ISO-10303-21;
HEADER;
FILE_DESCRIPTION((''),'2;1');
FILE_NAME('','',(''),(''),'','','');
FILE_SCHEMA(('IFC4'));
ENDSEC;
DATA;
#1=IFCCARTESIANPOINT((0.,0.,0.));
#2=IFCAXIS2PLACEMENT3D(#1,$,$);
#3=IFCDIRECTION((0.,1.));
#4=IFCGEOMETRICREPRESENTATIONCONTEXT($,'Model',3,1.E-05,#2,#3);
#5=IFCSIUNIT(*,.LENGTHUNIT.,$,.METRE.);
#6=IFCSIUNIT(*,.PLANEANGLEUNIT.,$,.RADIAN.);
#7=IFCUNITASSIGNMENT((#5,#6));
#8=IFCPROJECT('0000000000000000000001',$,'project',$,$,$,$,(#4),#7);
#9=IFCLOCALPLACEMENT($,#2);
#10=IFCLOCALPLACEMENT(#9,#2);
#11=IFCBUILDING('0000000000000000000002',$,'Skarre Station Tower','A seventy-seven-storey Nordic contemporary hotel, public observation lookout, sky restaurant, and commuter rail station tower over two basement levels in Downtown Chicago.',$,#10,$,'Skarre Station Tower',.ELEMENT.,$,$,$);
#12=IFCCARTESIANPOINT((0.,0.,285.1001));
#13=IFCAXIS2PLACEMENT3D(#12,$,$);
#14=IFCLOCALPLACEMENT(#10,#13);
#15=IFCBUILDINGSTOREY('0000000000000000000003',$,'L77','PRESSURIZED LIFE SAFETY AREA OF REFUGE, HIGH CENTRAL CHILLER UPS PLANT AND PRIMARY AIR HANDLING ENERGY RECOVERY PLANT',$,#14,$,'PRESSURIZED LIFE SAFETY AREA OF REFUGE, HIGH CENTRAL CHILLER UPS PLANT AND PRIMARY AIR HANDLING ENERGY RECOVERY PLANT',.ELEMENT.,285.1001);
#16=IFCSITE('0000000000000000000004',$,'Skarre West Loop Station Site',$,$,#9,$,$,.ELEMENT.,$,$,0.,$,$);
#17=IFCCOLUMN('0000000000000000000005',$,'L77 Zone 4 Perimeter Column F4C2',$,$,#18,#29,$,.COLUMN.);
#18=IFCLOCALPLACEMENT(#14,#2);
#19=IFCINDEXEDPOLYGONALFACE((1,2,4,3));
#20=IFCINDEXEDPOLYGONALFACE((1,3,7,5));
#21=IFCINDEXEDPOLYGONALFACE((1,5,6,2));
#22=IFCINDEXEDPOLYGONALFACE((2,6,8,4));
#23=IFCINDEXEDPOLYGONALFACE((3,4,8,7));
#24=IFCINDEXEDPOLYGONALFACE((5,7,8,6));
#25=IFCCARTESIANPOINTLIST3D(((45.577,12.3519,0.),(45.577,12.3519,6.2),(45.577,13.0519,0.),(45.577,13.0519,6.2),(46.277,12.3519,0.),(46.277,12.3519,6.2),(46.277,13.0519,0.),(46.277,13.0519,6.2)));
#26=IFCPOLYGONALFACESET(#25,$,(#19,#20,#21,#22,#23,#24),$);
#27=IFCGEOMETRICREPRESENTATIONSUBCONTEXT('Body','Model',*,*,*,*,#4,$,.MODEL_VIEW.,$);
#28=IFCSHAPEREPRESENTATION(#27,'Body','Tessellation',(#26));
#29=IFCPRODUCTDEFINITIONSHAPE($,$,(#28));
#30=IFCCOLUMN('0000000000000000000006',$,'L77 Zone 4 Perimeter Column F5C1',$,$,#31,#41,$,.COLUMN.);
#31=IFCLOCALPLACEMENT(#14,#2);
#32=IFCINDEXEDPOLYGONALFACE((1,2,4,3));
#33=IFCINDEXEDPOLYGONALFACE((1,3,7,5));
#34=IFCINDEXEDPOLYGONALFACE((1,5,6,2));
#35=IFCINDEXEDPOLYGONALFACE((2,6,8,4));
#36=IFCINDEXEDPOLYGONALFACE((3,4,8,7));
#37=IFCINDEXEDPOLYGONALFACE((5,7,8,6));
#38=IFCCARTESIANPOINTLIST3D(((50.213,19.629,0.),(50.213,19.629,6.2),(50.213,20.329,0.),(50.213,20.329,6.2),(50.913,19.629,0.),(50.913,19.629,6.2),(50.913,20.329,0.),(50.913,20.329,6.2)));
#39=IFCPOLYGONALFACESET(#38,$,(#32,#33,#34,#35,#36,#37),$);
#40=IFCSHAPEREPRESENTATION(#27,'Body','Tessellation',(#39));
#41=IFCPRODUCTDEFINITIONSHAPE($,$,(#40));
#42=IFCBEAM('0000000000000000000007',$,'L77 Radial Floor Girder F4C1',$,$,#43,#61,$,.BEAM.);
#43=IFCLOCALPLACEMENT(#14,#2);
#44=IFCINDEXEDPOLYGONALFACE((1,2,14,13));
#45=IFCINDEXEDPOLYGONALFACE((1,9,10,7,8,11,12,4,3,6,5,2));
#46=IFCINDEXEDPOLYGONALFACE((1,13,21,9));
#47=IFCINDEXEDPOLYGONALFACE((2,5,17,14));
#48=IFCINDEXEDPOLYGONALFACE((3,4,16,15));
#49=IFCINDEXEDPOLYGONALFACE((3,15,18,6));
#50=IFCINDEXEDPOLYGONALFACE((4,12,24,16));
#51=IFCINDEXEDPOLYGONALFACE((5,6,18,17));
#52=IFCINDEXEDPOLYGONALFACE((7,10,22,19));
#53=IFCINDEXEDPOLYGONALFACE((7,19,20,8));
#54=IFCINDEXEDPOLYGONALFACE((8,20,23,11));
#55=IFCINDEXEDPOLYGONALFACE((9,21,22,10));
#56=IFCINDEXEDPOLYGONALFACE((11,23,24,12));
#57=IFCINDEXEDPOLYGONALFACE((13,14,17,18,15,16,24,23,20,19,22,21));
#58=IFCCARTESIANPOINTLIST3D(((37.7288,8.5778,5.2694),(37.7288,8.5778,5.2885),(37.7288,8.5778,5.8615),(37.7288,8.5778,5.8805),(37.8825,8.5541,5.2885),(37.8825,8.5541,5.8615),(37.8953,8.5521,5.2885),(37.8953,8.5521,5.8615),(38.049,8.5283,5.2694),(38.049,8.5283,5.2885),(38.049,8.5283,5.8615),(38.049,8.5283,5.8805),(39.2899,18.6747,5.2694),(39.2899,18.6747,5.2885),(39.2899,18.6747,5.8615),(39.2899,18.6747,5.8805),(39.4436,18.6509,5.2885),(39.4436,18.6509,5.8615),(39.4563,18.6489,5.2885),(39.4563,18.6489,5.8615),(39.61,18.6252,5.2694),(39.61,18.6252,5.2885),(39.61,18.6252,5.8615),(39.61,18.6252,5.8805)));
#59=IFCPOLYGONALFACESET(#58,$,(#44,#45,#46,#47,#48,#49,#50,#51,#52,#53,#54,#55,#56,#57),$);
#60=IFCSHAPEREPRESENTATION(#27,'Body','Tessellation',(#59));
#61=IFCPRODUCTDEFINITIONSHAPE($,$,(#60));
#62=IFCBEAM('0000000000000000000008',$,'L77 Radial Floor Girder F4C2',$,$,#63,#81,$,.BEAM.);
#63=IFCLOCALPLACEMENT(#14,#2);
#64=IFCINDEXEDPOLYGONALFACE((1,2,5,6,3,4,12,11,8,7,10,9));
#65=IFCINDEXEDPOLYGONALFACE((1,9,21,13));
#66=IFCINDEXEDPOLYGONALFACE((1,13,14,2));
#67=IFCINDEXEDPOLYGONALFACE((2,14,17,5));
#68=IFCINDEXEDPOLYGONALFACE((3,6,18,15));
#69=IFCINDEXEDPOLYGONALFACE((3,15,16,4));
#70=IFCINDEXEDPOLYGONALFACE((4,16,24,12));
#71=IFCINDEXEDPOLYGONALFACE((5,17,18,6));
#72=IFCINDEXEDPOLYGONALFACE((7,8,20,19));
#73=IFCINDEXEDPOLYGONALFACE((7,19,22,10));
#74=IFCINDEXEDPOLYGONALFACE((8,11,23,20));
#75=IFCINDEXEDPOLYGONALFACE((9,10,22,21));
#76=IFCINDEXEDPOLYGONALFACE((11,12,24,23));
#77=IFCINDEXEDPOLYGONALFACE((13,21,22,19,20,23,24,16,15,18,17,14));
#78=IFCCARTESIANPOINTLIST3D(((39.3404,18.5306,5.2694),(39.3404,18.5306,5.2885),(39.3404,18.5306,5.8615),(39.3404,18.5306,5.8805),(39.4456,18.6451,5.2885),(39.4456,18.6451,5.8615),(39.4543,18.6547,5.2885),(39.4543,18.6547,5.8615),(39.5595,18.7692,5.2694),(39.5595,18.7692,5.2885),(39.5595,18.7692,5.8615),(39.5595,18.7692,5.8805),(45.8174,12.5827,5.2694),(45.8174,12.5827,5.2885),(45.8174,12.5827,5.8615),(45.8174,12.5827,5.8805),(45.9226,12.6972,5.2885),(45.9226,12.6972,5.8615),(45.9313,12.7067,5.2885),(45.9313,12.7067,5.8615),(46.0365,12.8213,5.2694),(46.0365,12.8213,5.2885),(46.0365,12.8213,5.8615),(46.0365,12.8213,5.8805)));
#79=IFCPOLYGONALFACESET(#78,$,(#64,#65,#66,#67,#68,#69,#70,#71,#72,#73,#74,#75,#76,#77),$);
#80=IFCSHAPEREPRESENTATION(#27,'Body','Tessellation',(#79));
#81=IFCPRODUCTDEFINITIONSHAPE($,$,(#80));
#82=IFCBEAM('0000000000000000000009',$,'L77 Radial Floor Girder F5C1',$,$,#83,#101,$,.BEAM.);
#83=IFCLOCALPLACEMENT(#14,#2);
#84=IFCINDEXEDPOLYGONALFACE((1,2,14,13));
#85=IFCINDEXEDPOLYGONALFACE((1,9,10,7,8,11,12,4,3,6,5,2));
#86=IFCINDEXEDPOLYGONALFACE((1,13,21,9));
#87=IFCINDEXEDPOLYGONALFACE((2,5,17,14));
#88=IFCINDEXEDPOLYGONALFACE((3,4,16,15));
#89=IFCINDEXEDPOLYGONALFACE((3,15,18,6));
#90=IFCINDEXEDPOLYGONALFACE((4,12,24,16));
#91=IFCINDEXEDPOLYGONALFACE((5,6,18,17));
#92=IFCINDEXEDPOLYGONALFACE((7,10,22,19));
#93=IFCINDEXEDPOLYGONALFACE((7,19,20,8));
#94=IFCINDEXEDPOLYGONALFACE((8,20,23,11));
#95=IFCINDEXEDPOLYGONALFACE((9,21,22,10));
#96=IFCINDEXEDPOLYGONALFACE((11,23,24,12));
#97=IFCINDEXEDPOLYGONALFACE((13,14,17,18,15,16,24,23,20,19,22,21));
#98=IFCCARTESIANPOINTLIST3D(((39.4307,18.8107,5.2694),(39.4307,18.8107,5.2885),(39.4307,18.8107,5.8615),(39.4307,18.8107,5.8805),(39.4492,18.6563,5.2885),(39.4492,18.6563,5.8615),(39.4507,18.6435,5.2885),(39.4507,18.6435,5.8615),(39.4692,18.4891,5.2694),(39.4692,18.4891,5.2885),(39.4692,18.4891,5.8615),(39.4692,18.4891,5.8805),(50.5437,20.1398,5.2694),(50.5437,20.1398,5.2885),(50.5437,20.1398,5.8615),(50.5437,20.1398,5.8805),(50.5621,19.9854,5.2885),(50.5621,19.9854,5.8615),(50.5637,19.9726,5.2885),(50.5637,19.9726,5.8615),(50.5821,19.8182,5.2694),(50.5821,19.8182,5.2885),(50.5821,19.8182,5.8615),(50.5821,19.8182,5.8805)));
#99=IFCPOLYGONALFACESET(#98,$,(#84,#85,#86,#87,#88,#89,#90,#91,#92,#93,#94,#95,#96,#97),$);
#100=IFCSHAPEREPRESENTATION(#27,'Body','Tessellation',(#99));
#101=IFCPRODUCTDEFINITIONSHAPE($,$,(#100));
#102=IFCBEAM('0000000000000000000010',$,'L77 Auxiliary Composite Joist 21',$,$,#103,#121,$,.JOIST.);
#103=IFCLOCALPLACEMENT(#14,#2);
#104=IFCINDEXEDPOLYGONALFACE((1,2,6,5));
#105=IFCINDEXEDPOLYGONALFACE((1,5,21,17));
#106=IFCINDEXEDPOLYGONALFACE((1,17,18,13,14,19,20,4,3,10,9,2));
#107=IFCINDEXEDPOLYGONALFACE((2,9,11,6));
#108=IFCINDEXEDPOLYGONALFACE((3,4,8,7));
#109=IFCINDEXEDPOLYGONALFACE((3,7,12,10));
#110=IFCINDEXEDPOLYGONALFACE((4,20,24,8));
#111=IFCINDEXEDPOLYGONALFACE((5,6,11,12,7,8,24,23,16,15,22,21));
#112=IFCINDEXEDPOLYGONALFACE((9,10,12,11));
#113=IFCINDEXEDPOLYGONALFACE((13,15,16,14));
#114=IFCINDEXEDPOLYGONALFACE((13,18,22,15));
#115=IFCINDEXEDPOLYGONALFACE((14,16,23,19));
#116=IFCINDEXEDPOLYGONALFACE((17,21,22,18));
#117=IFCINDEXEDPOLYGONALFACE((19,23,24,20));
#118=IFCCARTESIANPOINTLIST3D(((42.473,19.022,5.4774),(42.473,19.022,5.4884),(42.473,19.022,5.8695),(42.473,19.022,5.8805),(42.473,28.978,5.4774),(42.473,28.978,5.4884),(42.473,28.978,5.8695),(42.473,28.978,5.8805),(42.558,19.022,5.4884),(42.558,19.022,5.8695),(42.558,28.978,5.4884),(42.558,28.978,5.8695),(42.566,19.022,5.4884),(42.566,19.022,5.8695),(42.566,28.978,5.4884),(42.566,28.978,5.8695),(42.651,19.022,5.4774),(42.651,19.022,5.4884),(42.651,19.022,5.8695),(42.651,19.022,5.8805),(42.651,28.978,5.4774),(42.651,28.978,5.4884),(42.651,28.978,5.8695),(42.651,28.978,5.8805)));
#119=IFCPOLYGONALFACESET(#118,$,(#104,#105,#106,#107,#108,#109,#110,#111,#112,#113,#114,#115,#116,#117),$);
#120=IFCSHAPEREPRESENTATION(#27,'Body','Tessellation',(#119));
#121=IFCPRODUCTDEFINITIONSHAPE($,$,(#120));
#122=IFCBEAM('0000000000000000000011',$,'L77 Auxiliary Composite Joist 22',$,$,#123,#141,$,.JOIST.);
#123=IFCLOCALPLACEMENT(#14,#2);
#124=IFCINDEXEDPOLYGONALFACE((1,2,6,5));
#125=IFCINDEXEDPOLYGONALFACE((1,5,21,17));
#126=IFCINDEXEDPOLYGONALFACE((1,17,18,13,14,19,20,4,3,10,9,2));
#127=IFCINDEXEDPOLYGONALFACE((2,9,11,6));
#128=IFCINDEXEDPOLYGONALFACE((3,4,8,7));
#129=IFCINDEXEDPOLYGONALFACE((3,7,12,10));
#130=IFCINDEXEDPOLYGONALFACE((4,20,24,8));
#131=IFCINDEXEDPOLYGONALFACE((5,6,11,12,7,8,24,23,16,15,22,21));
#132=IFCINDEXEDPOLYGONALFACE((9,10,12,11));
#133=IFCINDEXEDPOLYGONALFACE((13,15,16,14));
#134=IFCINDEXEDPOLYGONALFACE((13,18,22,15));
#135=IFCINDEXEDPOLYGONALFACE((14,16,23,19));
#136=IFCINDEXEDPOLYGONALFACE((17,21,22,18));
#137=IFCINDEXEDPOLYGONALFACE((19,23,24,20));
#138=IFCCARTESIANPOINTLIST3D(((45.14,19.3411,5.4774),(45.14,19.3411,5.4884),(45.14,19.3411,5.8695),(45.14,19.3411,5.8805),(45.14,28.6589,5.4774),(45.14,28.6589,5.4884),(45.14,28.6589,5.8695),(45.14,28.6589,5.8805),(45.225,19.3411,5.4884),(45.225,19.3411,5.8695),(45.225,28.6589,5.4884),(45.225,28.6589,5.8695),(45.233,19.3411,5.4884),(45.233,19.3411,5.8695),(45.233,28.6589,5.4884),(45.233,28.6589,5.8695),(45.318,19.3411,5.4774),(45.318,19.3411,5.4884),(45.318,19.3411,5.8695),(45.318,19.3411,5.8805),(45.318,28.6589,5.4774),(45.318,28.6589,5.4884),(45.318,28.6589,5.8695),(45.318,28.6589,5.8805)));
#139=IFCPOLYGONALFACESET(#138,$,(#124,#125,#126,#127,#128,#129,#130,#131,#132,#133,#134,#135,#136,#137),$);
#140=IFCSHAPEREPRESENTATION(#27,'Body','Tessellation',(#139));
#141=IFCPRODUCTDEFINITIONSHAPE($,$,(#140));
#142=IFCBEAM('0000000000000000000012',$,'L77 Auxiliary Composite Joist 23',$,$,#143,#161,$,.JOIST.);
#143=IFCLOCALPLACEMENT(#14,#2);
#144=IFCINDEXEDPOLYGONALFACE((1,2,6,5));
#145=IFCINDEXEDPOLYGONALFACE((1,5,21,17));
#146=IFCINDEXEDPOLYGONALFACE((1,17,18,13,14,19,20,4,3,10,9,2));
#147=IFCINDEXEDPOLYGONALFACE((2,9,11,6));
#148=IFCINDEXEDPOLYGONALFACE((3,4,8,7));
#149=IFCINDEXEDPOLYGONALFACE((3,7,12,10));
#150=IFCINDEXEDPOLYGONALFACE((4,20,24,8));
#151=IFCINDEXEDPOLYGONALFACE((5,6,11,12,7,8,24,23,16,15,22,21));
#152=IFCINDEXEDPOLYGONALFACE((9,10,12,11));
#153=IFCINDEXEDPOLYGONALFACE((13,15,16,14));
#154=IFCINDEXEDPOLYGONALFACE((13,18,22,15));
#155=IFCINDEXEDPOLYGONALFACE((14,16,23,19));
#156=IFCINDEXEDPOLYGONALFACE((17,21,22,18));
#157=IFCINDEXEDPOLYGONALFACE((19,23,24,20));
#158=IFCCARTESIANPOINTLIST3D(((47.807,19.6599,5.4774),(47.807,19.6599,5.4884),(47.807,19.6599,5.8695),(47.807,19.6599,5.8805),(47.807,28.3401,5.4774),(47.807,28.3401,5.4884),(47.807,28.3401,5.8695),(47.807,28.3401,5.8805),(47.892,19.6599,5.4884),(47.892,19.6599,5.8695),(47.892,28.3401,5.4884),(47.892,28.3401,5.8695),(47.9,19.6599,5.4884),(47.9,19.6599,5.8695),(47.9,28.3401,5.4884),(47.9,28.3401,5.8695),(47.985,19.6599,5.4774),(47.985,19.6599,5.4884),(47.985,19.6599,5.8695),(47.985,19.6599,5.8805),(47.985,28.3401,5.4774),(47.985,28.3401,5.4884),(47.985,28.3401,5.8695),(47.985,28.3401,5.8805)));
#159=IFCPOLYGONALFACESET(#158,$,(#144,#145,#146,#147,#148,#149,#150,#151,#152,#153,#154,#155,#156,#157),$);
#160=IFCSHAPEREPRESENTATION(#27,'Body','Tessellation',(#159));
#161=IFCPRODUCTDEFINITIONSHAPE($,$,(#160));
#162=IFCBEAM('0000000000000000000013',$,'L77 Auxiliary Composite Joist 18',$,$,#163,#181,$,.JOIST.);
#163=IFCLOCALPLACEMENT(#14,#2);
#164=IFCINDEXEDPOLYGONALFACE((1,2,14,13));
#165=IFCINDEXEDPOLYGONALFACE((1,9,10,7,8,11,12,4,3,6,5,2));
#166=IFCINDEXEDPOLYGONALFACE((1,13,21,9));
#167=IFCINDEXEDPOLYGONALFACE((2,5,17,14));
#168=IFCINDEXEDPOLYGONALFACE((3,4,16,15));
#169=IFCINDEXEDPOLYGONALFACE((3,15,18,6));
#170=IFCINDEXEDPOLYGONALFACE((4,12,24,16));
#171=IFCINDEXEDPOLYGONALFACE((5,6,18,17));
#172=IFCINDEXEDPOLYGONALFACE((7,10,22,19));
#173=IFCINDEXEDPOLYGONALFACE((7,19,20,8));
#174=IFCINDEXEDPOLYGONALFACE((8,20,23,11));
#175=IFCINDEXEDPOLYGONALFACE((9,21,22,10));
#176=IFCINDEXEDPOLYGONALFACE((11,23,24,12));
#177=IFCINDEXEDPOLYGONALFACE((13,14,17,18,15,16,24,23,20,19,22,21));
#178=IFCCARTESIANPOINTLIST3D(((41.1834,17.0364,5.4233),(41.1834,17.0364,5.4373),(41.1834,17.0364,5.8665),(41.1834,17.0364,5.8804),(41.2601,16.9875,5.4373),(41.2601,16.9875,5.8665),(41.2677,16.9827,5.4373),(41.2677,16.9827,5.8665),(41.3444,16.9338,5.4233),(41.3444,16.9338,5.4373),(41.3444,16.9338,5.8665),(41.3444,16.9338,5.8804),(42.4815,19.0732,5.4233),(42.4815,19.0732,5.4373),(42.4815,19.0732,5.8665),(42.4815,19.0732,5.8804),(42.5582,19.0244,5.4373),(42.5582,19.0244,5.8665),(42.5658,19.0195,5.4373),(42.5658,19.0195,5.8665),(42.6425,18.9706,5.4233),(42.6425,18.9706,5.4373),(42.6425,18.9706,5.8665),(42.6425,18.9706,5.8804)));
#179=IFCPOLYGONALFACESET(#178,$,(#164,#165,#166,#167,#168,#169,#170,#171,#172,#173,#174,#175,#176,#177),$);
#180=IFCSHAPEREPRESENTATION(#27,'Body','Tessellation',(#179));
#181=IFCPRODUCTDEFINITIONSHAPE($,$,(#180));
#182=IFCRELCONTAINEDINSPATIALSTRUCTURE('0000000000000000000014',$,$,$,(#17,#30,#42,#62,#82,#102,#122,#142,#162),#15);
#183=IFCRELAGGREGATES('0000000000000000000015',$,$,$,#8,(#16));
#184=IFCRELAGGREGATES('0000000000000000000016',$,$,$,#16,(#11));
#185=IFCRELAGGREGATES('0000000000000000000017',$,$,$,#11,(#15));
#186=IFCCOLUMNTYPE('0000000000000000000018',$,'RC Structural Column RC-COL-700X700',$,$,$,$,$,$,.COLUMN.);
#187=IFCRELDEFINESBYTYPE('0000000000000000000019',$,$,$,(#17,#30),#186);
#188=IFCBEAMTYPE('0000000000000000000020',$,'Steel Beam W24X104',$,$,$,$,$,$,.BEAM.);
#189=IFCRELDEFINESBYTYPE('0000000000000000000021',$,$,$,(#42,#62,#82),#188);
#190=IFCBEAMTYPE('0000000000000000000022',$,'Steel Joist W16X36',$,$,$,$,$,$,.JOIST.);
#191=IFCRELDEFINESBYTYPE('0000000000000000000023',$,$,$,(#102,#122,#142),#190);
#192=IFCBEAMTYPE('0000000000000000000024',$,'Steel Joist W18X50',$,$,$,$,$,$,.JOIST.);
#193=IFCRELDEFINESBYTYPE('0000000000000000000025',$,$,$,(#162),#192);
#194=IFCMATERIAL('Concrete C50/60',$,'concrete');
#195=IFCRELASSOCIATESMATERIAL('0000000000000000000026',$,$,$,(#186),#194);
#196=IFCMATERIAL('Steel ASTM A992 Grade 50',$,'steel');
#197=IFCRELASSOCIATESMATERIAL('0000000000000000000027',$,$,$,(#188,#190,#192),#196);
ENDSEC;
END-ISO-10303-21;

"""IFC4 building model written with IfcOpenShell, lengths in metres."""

from ifc_helpers import new_model, si_unit, direction, frame, origin, origin_2d, place, context, subcontext, project, spatial, rectangle, i_section, extrude, material, material_profile, profile_set, type_object, element, save


model = new_model("IFC4")

# Units and contexts
model_context = context("Model", 3, precision=1e-05, world=origin(), true_north=direction((0.0, 1.0)))
body_context = subcontext(model_context, "Body", "Model", "MODEL_VIEW")
ifc_project = project(units=[si_unit("LENGTHUNIT", "METRE"), si_unit("PLANEANGLEUNIT", "RADIAN")], contexts=[model_context])

# Site, building, storey
site_placement = place(None, origin())
site = spatial("IfcSite", under=ifc_project, at=site_placement, Name="Skarre West Loop Station Site", CompositionType="ELEMENT", RefElevation=0.0)
building_placement = place(site_placement, origin())
building = spatial("IfcBuilding", under=site, at=building_placement, Name="Skarre Station Tower", Description="A seventy-seven-storey Nordic contemporary hotel, public observation lookout, sky restaurant, and commuter rail station tower over two basement levels in Downtown Chicago.", LongName="Skarre Station Tower", CompositionType="ELEMENT")
storey_placement = place(building_placement, frame((0.0, 0.0, 285.1001)))
storey = spatial("IfcBuildingStorey", under=building, at=storey_placement, Name="L77", Description="PRESSURIZED LIFE SAFETY AREA OF REFUGE, HIGH CENTRAL CHILLER UPS PLANT AND PRIMARY AIR HANDLING ENERGY RECOVERY PLANT", LongName="PRESSURIZED LIFE SAFETY AREA OF REFUGE, HIGH CENTRAL CHILLER UPS PLANT AND PRIMARY AIR HANDLING ENERGY RECOVERY PLANT", CompositionType="ELEMENT", Elevation=285.1001)

# Columns
ifc_material_1 = material(Name="Concrete C50/60", Category="concrete")
ifc_material_profile_1 = material_profile(ifc_material_1, rectangle(XDim=0.7, YDim=0.7, at=origin_2d()), Name="Concrete C50/60")
ifc_profile_set_1 = profile_set([ifc_material_profile_1], Name="Concrete C50/60")
column_type = type_object("IfcColumnType", Name="RC Structural Column RC-COL-700X700", PredefinedType="COLUMN", material=ifc_profile_set_1)
for number, where, z_axis, x_axis, name in (
    (1, (45.927, 12.7019, 0.0), (0.0, 0.0, 1.0), (1.0, 0.0, 0.0), "L77 Zone 4 Perimeter Column F4C2"),
    (2, (50.563, 19.979, 0.0), (0.0, 0.0, 1.0), (1.0, 0.0, 0.0), "L77 Zone 4 Perimeter Column F5C1"),
):
    element("IfcColumn", number, at=place(storey_placement, frame(where, z_axis=z_axis, x_axis=x_axis)), inside=storey, type_object=column_type, Name=name, PredefinedType="COLUMN", context=body_context, shape_type="SweptSolid", body=[
        extrude(rectangle(XDim=0.7, YDim=0.7, at=origin_2d()), origin(), (0.0, 0.0, 1.0), 6.2),
    ])

# Beams
ifc_material_2 = material(Name="Steel ASTM A992 Grade 50", Category="steel")
ifc_material_profile_2 = material_profile(ifc_material_2, i_section(OverallWidth=0.324, OverallDepth=0.6111, WebThickness=0.0129, FlangeThickness=0.019, at=origin_2d()), Name="Steel ASTM A992 Grade 50")
ifc_profile_set_2 = profile_set([ifc_material_profile_2], Name="Steel ASTM A992 Grade 50")
beam_type_1 = type_object("IfcBeamType", Name="Steel Beam W24X104", PredefinedType="BEAM", material=ifc_profile_set_2)
beam_1_placement = place(storey_placement, frame((39.45, 18.6499, 5.575), z_axis=(-0.15279, -0.988259, 0.0), x_axis=(0.988259, -0.15279, 0.0)))
element("IfcBeam", 3, at=beam_1_placement, inside=storey, type_object=beam_type_1, Name="L77 Radial Floor Girder F4C1", PredefinedType="BEAM", context=body_context, shape_type="SweptSolid", body=[
    extrude(i_section(OverallWidth=0.324, OverallDepth=0.6111, WebThickness=0.0129, FlangeThickness=0.019, at=origin_2d()), origin(), (0.0, 0.0, 1.0), 10.2168),
])
beam_2_placement = place(storey_placement, frame((39.45, 18.6499, 5.575), z_axis=(0.736548, -0.676386, 0.0), x_axis=(0.676386, 0.736548, 0.0)))
element("IfcBeam", 4, at=beam_2_placement, inside=storey, type_object=beam_type_1, Name="L77 Radial Floor Girder F4C2", PredefinedType="BEAM", context=body_context, shape_type="SweptSolid", body=[
    extrude(i_section(OverallWidth=0.324, OverallDepth=0.6111, WebThickness=0.0129, FlangeThickness=0.019, at=origin_2d()), origin(), (0.0, 0.0, 1.0), 8.7937),
])
beam_3_placement = place(storey_placement, frame((39.45, 18.6499, 5.575), z_axis=(0.992924, 0.118752, 0.0), x_axis=(-0.118752, 0.992924, 0.0)))
element("IfcBeam", 5, at=beam_3_placement, inside=storey, type_object=beam_type_1, Name="L77 Radial Floor Girder F5C1", PredefinedType="BEAM", context=body_context, shape_type="SweptSolid", body=[
    extrude(i_section(OverallWidth=0.324, OverallDepth=0.6111, WebThickness=0.0129, FlangeThickness=0.019, at=origin_2d()), origin(), (0.0, 0.0, 1.0), 11.1921),
])
ifc_material_profile_3 = material_profile(ifc_material_2, i_section(OverallWidth=0.178, OverallDepth=0.4031, WebThickness=0.0081, FlangeThickness=0.011, at=origin_2d()), Name="Steel ASTM A992 Grade 50")
ifc_profile_set_3 = profile_set([ifc_material_profile_3], Name="Steel ASTM A992 Grade 50")
beam_type_2 = type_object("IfcBeamType", Name="Steel Joist W16X36", PredefinedType="JOIST", material=ifc_profile_set_3)
beam_4_placement = place(storey_placement, frame((42.562, 19.022, 5.679), z_axis=(0.0, 1.0, 0.0), x_axis=(-1.0, 0.0, 0.0)))
element("IfcBeam", 6, at=beam_4_placement, inside=storey, type_object=beam_type_2, Name="L77 Auxiliary Composite Joist 21", PredefinedType="JOIST", context=body_context, shape_type="SweptSolid", body=[
    extrude(i_section(OverallWidth=0.178, OverallDepth=0.4031, WebThickness=0.0081, FlangeThickness=0.011, at=origin_2d()), origin(), (0.0, 0.0, 1.0), 9.9561),
])
beam_5_placement = place(storey_placement, frame((45.229, 19.3411, 5.679), z_axis=(0.0, 1.0, 0.0), x_axis=(-1.0, 0.0, 0.0)))
element("IfcBeam", 7, at=beam_5_placement, inside=storey, type_object=beam_type_2, Name="L77 Auxiliary Composite Joist 22", PredefinedType="JOIST", context=body_context, shape_type="SweptSolid", body=[
    extrude(i_section(OverallWidth=0.178, OverallDepth=0.4031, WebThickness=0.0081, FlangeThickness=0.011, at=origin_2d()), origin(), (0.0, 0.0, 1.0), 9.3179),
])
beam_6_placement = place(storey_placement, frame((47.896, 19.6599, 5.679), z_axis=(0.0, 1.0, 0.0), x_axis=(-1.0, 0.0, 0.0)))
element("IfcBeam", 8, at=beam_6_placement, inside=storey, type_object=beam_type_2, Name="L77 Auxiliary Composite Joist 23", PredefinedType="JOIST", context=body_context, shape_type="SweptSolid", body=[
    extrude(i_section(OverallWidth=0.178, OverallDepth=0.4031, WebThickness=0.0081, FlangeThickness=0.011, at=origin_2d()), origin(), (0.0, 0.0, 1.0), 8.6802),
])
ifc_material_profile_4 = material_profile(ifc_material_2, i_section(OverallWidth=0.1909, OverallDepth=0.457, WebThickness=0.009, FlangeThickness=0.0139, at=origin_2d()), Name="Steel ASTM A992 Grade 50")
ifc_profile_set_4 = profile_set([ifc_material_profile_4], Name="Steel ASTM A992 Grade 50")
beam_type_3 = type_object("IfcBeamType", Name="Steel Joist W18X50", PredefinedType="JOIST", material=ifc_profile_set_4)
beam_7_placement = place(storey_placement, frame((41.2639, 16.9851, 5.6519), z_axis=(0.537438, 0.843303, 0.0), x_axis=(-0.843303, 0.537438, 0.0)))
element("IfcBeam", 9, at=beam_7_placement, inside=storey, type_object=beam_type_3, Name="L77 Auxiliary Composite Joist 18", PredefinedType="JOIST", context=body_context, shape_type="SweptSolid", body=[
    extrude(i_section(OverallWidth=0.1909, OverallDepth=0.457, WebThickness=0.009, FlangeThickness=0.0139, at=origin_2d()), origin(), (0.0, 0.0, 1.0), 2.4153),
])

save(model, "model.ifc")
